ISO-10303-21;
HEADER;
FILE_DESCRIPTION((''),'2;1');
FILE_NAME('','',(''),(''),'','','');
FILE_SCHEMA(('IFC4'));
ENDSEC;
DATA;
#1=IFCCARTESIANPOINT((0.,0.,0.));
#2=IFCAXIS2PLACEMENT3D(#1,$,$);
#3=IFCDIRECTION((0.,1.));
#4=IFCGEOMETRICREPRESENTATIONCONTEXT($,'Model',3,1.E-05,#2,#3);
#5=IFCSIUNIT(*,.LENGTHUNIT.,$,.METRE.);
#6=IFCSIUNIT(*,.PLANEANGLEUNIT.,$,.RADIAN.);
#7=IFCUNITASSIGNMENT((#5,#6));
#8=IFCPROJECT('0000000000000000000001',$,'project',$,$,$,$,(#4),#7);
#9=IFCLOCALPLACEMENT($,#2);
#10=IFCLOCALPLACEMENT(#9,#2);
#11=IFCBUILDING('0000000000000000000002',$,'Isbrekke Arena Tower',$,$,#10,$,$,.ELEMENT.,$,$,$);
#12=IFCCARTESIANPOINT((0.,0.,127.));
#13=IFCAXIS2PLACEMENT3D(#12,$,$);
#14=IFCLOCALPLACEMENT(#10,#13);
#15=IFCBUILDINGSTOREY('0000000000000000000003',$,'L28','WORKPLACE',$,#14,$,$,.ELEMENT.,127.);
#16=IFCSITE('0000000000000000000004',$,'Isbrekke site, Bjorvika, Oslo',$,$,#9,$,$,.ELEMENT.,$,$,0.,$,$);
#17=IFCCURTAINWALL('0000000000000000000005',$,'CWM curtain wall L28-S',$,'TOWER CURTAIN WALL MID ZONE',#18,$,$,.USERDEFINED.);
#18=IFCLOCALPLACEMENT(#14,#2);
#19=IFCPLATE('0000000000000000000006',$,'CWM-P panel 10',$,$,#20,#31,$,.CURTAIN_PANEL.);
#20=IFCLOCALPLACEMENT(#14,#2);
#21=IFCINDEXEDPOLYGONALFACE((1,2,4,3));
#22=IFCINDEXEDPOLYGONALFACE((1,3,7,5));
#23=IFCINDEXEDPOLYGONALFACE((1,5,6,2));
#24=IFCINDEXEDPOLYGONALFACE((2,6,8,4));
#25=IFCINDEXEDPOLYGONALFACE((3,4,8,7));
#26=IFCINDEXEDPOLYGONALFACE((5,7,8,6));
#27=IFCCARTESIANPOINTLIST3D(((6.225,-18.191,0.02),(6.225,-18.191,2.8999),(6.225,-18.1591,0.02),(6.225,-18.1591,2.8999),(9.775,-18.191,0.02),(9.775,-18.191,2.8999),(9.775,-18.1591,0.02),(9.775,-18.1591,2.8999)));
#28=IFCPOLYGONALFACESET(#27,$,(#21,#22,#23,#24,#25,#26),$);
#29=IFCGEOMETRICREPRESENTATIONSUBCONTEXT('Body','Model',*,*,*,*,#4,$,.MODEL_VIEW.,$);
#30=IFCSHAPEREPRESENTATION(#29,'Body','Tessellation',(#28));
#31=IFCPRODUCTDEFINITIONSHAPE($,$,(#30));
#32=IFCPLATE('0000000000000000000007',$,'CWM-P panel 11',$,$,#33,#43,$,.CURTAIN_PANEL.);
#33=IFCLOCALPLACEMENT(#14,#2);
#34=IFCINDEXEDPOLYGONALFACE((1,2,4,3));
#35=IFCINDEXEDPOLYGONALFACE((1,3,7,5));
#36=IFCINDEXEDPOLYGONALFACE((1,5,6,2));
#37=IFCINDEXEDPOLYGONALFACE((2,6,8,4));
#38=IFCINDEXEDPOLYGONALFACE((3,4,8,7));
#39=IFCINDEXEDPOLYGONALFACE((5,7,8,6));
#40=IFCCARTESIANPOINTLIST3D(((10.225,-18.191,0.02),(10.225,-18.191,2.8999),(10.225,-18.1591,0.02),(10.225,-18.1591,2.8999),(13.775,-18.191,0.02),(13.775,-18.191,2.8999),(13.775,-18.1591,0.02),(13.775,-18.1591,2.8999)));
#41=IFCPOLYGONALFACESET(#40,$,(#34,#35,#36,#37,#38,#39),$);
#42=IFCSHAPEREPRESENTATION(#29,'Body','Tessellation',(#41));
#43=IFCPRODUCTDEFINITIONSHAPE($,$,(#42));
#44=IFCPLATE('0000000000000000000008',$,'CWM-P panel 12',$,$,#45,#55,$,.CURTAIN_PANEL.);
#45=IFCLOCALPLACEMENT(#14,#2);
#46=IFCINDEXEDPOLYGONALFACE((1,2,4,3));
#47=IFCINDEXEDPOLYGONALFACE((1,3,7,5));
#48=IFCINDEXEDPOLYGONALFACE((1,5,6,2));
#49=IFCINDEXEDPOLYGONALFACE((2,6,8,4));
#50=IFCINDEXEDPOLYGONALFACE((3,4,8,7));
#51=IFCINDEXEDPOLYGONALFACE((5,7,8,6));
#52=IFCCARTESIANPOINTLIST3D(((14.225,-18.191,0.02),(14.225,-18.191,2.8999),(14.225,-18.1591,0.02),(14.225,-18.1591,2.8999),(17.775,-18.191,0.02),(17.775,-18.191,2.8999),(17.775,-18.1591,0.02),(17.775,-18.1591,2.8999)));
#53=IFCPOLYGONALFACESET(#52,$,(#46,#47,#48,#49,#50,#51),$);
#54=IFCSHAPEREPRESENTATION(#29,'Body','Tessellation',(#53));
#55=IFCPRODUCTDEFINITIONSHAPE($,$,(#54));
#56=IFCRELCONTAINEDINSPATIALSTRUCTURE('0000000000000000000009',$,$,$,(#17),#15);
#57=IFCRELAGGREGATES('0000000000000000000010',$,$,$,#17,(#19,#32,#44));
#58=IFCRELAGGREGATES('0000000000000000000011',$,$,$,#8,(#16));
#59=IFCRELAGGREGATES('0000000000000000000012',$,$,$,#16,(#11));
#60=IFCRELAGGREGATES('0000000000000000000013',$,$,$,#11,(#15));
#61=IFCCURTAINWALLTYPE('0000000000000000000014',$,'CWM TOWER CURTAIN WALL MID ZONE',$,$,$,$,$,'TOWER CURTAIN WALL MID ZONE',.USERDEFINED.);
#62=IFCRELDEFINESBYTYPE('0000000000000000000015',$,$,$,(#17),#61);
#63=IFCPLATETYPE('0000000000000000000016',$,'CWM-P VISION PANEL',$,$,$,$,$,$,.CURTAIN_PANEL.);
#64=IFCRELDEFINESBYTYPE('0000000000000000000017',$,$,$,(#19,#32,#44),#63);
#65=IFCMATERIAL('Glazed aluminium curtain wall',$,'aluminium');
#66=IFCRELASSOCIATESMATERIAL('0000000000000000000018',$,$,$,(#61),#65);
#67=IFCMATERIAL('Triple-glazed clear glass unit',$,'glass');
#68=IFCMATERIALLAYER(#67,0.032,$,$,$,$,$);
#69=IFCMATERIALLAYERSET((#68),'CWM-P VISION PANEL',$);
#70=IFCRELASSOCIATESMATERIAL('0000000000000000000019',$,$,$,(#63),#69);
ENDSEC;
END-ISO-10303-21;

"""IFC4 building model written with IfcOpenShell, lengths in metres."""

from ifc_helpers import new_model, si_unit, direction, frame, origin, origin_2d, place, context, subcontext, project, spatial, rectangle, extrude, material, layer, layer_set, type_object, element, aggregate, save


model = new_model("IFC4")

# Units and contexts
model_context = context("Model", 3, precision=1e-05, world=origin(), true_north=direction((0.0, 1.0)))
body_context = subcontext(model_context, "Body", "Model", "MODEL_VIEW")
ifc_project = project(units=[si_unit("LENGTHUNIT", "METRE"), si_unit("PLANEANGLEUNIT", "RADIAN")], contexts=[model_context])

# Site, building, storey
site_placement = place(None, origin())
site = spatial("IfcSite", under=ifc_project, at=site_placement, Name="Isbrekke site, Bjorvika, Oslo", CompositionType="ELEMENT", RefElevation=0.0)
building_placement = place(site_placement, origin())
building = spatial("IfcBuilding", under=site, at=building_placement, Name="Isbrekke Arena Tower", CompositionType="ELEMENT")
storey_placement = place(building_placement, frame((0.0, 0.0, 127.0)))
storey = spatial("IfcBuildingStorey", under=building, at=storey_placement, Name="L28", Description="WORKPLACE", CompositionType="ELEMENT", Elevation=127.0)

# Curtain wall
ifc_material_1 = material(Name="Glazed aluminium curtain wall", Category="aluminium")
curtain_wall_type = type_object("IfcCurtainWallType", Name="CWM TOWER CURTAIN WALL MID ZONE", ElementType="TOWER CURTAIN WALL MID ZONE", PredefinedType="USERDEFINED", material=ifc_material_1)
curtain_wall_placement = place(storey_placement, origin())
curtain_wall = element("IfcCurtainWall", 1, at=curtain_wall_placement, inside=storey, type_object=curtain_wall_type, Name="CWM curtain wall L28-S", ObjectType="TOWER CURTAIN WALL MID ZONE", PredefinedType="USERDEFINED")

# Plates
ifc_material_2 = material(Name="Triple-glazed clear glass unit", Category="glass")
ifc_layer = layer(ifc_material_2, 0.032)
ifc_layer_set = layer_set([ifc_layer], Name="CWM-P VISION PANEL")
plate_type = type_object("IfcPlateType", Name="CWM-P VISION PANEL", PredefinedType="CURTAIN_PANEL", material=ifc_layer_set)
plate_1_placement = place(storey_placement, frame((8.0, -18.175, 0.02), z_axis=(0.0, 0.0, 1.0), x_axis=(1.0, 0.0, 0.0)))
plate_1 = element("IfcPlate", 2, at=plate_1_placement, type_object=plate_type, Name="CWM-P panel 10", PredefinedType="CURTAIN_PANEL", context=body_context, shape_type="SweptSolid", body=[
    extrude(rectangle(XDim=3.55, YDim=0.032, at=origin_2d()), origin(), (0.0, 0.0, 1.0), 2.8799),
])
plate_2_placement = place(storey_placement, frame((12.0, -18.175, 0.02), z_axis=(0.0, 0.0, 1.0), x_axis=(1.0, 0.0, 0.0)))
plate_2 = element("IfcPlate", 3, at=plate_2_placement, type_object=plate_type, Name="CWM-P panel 11", PredefinedType="CURTAIN_PANEL", context=body_context, shape_type="SweptSolid", body=[
    extrude(rectangle(XDim=3.55, YDim=0.032, at=origin_2d()), origin(), (0.0, 0.0, 1.0), 2.8799),
])
plate_3_placement = place(storey_placement, frame((16.0, -18.175, 0.02), z_axis=(0.0, 0.0, 1.0), x_axis=(1.0, 0.0, 0.0)))
plate_3 = element("IfcPlate", 4, at=plate_3_placement, type_object=plate_type, Name="CWM-P panel 12", PredefinedType="CURTAIN_PANEL", context=body_context, shape_type="SweptSolid", body=[
    extrude(rectangle(XDim=3.55, YDim=0.032, at=origin_2d()), origin(), (0.0, 0.0, 1.0), 2.8799),
])
aggregate(curtain_wall, [plate_1, plate_2, plate_3])

save(model, "model.ifc")
